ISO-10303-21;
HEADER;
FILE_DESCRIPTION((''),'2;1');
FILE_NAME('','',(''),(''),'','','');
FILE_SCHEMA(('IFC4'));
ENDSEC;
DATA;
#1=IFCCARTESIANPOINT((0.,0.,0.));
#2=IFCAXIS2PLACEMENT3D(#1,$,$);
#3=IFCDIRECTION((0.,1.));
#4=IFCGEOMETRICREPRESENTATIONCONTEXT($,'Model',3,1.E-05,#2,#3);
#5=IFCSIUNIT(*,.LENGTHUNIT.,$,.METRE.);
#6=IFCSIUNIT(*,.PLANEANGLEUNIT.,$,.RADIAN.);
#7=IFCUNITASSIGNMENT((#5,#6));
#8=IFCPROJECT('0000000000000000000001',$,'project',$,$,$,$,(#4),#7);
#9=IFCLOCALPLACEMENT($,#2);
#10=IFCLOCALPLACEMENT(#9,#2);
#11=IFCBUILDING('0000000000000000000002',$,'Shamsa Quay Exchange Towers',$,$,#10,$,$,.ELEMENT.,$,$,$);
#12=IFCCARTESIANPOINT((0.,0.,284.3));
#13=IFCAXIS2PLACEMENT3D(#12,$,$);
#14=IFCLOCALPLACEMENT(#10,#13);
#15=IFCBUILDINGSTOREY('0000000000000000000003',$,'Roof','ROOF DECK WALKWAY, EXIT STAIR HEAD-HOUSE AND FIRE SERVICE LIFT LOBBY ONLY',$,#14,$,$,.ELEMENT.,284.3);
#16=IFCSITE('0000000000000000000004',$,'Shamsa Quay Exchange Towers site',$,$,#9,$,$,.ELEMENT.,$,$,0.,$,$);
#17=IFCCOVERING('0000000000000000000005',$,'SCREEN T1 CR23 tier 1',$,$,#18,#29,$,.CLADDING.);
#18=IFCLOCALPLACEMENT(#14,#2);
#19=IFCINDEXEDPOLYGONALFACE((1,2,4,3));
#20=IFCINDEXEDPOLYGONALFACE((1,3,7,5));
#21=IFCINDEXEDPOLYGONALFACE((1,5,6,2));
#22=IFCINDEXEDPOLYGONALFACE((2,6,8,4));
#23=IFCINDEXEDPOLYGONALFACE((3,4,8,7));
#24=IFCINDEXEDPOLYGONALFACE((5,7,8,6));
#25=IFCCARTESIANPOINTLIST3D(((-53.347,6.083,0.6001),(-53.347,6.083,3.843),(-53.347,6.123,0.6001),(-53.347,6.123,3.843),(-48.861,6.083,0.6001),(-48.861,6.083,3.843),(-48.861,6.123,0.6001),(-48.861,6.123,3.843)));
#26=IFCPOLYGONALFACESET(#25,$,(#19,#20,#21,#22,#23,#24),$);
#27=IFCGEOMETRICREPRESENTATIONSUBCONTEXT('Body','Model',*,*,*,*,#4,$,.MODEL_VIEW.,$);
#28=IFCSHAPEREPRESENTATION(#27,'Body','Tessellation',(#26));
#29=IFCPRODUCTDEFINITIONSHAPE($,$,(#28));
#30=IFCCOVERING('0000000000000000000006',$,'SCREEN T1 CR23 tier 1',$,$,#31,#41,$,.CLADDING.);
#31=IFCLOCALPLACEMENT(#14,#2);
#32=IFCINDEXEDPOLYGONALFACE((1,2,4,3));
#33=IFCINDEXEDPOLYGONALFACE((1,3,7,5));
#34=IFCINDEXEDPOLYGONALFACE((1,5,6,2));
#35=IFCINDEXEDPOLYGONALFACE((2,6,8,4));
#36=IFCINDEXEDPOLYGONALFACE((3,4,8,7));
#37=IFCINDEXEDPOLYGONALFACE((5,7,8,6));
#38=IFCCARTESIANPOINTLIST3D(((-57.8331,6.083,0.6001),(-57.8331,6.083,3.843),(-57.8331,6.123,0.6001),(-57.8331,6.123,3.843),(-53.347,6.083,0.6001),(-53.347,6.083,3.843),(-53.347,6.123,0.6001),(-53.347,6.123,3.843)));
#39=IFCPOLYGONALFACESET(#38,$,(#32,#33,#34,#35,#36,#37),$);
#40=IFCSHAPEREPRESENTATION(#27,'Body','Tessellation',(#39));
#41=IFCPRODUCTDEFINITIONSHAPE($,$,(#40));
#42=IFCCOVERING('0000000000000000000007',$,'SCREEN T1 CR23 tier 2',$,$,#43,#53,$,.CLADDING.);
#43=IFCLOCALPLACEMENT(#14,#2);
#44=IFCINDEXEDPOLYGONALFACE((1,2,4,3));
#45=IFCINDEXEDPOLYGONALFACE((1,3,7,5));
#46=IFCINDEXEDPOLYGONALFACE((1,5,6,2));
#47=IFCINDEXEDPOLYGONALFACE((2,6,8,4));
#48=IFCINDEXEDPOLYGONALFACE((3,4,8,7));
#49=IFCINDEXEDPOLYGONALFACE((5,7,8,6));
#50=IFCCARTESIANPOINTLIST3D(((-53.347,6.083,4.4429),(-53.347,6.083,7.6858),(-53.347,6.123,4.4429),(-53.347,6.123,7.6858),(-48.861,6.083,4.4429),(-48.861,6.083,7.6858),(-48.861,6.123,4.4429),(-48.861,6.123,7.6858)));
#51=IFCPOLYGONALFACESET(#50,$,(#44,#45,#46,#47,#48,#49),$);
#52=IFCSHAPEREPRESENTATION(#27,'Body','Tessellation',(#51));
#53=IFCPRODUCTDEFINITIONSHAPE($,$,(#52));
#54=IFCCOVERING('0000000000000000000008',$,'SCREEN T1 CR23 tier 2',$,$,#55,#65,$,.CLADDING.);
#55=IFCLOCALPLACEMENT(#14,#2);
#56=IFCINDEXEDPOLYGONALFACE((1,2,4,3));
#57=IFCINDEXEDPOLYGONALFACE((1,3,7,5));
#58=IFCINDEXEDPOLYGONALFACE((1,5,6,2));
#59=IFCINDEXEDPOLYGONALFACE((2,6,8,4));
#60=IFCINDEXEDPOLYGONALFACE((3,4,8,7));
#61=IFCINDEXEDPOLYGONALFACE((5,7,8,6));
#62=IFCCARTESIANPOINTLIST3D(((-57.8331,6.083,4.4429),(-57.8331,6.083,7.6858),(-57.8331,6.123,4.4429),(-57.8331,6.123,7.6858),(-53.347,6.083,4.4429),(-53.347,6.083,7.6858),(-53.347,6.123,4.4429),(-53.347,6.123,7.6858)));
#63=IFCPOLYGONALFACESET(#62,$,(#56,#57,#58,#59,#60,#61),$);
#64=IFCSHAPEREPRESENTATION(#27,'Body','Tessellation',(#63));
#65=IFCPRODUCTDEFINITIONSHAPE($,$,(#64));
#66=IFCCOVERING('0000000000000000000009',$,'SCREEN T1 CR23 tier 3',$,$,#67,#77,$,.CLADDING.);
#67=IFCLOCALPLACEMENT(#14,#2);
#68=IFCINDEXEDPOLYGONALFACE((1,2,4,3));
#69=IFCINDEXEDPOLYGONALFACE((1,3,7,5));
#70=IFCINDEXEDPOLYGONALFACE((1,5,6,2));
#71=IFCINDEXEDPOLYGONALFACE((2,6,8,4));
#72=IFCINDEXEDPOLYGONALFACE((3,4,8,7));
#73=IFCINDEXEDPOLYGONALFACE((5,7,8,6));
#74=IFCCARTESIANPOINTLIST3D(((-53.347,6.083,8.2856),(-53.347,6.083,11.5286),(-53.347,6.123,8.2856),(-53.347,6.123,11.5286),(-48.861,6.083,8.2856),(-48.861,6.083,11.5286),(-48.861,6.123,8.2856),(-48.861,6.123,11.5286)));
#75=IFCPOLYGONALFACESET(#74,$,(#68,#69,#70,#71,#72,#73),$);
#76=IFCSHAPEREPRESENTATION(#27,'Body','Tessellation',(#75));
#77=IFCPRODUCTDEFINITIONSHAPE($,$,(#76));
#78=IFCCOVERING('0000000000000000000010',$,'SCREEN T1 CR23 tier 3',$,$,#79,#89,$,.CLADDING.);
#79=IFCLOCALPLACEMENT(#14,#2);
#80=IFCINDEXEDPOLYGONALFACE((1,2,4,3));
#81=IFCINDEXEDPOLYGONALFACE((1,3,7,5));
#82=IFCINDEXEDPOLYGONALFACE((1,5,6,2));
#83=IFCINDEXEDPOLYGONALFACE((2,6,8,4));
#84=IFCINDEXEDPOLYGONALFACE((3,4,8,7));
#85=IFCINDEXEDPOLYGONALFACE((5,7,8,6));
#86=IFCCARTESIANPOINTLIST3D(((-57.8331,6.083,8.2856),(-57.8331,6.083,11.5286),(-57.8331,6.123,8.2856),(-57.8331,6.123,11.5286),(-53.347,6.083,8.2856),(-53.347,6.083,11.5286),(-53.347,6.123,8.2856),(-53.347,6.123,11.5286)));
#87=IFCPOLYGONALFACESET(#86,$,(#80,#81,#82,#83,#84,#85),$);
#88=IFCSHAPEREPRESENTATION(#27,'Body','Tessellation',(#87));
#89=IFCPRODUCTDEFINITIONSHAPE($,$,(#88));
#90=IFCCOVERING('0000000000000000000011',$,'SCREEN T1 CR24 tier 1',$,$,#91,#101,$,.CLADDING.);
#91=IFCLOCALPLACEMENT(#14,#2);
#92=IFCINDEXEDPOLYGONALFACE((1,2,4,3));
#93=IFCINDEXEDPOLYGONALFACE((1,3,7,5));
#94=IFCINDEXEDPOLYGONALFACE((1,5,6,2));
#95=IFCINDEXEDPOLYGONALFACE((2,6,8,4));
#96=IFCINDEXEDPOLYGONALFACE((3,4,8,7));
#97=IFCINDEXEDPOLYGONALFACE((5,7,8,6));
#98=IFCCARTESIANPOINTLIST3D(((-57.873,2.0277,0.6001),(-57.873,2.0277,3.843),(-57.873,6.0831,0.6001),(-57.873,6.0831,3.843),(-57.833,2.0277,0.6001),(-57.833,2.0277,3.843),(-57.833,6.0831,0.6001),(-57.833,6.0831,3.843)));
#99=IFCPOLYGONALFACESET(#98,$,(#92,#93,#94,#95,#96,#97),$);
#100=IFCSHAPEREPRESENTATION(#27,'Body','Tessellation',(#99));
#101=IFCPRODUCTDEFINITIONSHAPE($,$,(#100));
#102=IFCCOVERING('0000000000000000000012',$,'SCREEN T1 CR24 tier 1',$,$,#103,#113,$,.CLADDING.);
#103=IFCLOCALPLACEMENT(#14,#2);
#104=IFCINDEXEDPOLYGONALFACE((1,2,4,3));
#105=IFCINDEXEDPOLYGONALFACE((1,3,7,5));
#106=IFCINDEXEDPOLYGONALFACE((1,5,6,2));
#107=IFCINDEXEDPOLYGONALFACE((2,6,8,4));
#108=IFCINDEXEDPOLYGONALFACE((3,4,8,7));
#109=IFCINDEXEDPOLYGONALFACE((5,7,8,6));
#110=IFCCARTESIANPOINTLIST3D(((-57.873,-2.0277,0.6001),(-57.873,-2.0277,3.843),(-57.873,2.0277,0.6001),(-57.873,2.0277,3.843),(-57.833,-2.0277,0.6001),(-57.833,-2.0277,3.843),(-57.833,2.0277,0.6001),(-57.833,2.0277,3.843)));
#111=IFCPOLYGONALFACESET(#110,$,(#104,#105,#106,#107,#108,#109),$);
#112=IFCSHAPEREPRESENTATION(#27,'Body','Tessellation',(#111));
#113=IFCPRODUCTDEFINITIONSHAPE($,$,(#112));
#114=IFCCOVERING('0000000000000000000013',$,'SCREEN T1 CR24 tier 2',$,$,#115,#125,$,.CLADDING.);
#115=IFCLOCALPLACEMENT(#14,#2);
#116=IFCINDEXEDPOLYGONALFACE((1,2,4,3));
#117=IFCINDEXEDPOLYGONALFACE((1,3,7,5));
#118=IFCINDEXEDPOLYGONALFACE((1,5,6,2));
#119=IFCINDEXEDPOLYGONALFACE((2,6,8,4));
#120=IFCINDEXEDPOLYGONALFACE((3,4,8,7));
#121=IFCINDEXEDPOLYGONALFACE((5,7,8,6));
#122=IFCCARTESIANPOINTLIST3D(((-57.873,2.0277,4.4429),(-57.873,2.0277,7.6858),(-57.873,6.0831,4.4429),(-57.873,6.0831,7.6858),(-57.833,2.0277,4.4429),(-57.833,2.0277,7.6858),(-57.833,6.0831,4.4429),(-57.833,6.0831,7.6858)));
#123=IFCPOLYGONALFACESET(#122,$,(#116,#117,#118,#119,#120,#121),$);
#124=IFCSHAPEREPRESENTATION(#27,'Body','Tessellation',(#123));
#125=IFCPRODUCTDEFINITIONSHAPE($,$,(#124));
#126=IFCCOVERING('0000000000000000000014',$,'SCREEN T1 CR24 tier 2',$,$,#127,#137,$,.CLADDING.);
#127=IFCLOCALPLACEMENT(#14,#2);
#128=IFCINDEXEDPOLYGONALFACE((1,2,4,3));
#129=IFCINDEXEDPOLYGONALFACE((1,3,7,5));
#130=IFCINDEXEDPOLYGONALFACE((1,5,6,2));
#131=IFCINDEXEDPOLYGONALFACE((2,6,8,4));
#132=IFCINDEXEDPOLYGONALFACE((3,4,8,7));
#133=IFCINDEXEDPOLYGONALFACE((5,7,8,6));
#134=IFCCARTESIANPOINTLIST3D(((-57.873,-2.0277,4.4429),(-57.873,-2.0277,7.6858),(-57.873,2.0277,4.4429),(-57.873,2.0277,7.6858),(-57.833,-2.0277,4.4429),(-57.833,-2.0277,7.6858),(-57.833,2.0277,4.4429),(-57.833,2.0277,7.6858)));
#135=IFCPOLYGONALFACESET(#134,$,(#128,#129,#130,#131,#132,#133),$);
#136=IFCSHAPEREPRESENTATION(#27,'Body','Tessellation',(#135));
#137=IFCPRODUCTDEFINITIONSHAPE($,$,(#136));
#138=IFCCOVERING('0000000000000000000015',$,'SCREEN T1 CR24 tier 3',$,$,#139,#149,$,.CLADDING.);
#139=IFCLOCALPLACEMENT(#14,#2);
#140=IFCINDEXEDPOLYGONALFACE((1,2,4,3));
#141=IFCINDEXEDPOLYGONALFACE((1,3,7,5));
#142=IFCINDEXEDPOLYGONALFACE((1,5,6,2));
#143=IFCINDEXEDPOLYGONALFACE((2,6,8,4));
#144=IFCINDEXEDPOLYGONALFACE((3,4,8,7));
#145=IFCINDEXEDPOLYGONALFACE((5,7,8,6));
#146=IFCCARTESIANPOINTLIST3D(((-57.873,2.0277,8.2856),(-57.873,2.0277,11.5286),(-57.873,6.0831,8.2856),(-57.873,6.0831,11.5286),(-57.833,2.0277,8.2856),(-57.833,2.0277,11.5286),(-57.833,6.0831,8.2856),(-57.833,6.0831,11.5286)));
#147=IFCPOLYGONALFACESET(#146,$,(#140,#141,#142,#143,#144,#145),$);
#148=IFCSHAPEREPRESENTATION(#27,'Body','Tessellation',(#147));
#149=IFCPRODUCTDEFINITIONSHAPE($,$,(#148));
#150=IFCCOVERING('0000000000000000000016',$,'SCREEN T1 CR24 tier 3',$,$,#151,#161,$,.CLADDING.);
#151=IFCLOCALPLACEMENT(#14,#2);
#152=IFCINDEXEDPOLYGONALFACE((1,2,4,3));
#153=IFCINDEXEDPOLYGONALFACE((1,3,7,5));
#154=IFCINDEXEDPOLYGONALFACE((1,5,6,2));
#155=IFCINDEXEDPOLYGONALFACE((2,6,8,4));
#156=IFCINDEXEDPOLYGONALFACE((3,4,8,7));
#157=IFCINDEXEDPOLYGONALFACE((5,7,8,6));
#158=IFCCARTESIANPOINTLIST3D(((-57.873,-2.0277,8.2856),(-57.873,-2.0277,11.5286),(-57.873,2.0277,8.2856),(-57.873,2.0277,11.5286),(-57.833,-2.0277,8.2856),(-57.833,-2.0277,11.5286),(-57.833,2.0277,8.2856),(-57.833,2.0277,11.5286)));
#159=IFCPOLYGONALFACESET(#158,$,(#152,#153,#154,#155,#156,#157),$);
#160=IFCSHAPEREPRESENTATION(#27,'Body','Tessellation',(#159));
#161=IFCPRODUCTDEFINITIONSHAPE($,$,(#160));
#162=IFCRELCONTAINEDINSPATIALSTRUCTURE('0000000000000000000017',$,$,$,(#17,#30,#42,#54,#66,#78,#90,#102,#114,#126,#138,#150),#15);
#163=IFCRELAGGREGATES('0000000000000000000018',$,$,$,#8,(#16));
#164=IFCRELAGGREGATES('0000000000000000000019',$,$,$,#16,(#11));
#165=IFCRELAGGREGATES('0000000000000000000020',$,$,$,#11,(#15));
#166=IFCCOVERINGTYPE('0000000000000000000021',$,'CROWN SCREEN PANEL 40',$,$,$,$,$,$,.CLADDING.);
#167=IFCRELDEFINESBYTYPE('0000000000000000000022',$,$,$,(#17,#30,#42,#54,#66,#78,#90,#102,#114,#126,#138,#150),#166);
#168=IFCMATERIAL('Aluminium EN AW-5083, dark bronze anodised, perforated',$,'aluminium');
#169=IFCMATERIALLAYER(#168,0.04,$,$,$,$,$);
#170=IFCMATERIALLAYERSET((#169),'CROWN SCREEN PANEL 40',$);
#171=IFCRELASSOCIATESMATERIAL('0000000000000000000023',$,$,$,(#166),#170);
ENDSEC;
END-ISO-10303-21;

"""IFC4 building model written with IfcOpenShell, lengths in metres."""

from ifc_helpers import new_model, si_unit, direction, frame, origin, origin_2d, place, context, subcontext, project, spatial, rectangle, extrude, material, layer, layer_set, type_object, element, save


model = new_model("IFC4")

# Units and contexts
model_context = context("Model", 3, precision=1e-05, world=origin(), true_north=direction((0.0, 1.0)))
body_context = subcontext(model_context, "Body", "Model", "MODEL_VIEW")
ifc_project = project(units=[si_unit("LENGTHUNIT", "METRE"), si_unit("PLANEANGLEUNIT", "RADIAN")], contexts=[model_context])

# Site, building, storey
site_placement = place(None, origin())
site = spatial("IfcSite", under=ifc_project, at=site_placement, Name="Shamsa Quay Exchange Towers site", CompositionType="ELEMENT", RefElevation=0.0)
building_placement = place(site_placement, origin())
building = spatial("IfcBuilding", under=site, at=building_placement, Name="Shamsa Quay Exchange Towers", CompositionType="ELEMENT")
storey_placement = place(building_placement, frame((0.0, 0.0, 284.3)))
storey = spatial("IfcBuildingStorey", under=building, at=storey_placement, Name="Roof", Description="ROOF DECK WALKWAY, EXIT STAIR HEAD-HOUSE AND FIRE SERVICE LIFT LOBBY ONLY", CompositionType="ELEMENT", Elevation=284.3)

# Coverings
ifc_material_1 = material(Name="Aluminium EN AW-5083, dark bronze anodised, perforated", Category="aluminium")
ifc_layer_1 = layer(ifc_material_1, 0.04)
ifc_layer_set_1 = layer_set([ifc_layer_1], Name="CROWN SCREEN PANEL 40")
covering_type = type_object("IfcCoveringType", Name="CROWN SCREEN PANEL 40", PredefinedType="CLADDING", material=ifc_layer_set_1)
for number, where, z_axis, x_axis, name in (
    (1, (-51.104, 6.103, 0.6001), (0.0, 0.0, 1.0), (-1.0, 0.0, 0.0), "SCREEN T1 CR23 tier 1"),
    (2, (-55.5901, 6.103, 0.6001), (0.0, 0.0, 1.0), (-1.0, 0.0, 0.0), "SCREEN T1 CR23 tier 1"),
    (3, (-51.104, 6.103, 4.4429), (0.0, 0.0, 1.0), (-1.0, 0.0, 0.0), "SCREEN T1 CR23 tier 2"),
    (4, (-55.5901, 6.103, 4.4429), (0.0, 0.0, 1.0), (-1.0, 0.0, 0.0), "SCREEN T1 CR23 tier 2"),
    (5, (-51.104, 6.103, 8.2856), (0.0, 0.0, 1.0), (-1.0, 0.0, 0.0), "SCREEN T1 CR23 tier 3"),
    (6, (-55.5901, 6.103, 8.2856), (0.0, 0.0, 1.0), (-1.0, 0.0, 0.0), "SCREEN T1 CR23 tier 3"),
):
    element("IfcCovering", number, at=place(storey_placement, frame(where, z_axis=z_axis, x_axis=x_axis)), inside=storey, type_object=covering_type, Name=name, PredefinedType="CLADDING", context=body_context, shape_type="SweptSolid", body=[
        extrude(rectangle(XDim=4.4861, YDim=0.04, at=origin_2d()), origin(), (0.0, 0.0, 1.0), 3.2429),
    ])
for number, where, z_axis, x_axis, name in (
    (7, (-57.853, 4.0554, 0.6001), (0.0, 0.0, 1.0), (0.0, -1.0, 0.0), "SCREEN T1 CR24 tier 1"),
    (8, (-57.853, 0.0, 0.6001), (0.0, 0.0, 1.0), (0.0, -1.0, 0.0), "SCREEN T1 CR24 tier 1"),
    (9, (-57.853, 4.0554, 4.4429), (0.0, 0.0, 1.0), (0.0, -1.0, 0.0), "SCREEN T1 CR24 tier 2"),
    (10, (-57.853, 0.0, 4.4429), (0.0, 0.0, 1.0), (0.0, -1.0, 0.0), "SCREEN T1 CR24 tier 2"),
    (11, (-57.853, 4.0554, 8.2856), (0.0, 0.0, 1.0), (0.0, -1.0, 0.0), "SCREEN T1 CR24 tier 3"),
    (12, (-57.853, 0.0, 8.2856), (0.0, 0.0, 1.0), (0.0, -1.0, 0.0), "SCREEN T1 CR24 tier 3"),
):
    element("IfcCovering", number, at=place(storey_placement, frame(where, z_axis=z_axis, x_axis=x_axis)), inside=storey, type_object=covering_type, Name=name, PredefinedType="CLADDING", context=body_context, shape_type="SweptSolid", body=[
        extrude(rectangle(XDim=4.0554, YDim=0.04, at=origin_2d()), origin(), (0.0, 0.0, 1.0), 3.2429),
    ])

save(model, "model.ifc")
